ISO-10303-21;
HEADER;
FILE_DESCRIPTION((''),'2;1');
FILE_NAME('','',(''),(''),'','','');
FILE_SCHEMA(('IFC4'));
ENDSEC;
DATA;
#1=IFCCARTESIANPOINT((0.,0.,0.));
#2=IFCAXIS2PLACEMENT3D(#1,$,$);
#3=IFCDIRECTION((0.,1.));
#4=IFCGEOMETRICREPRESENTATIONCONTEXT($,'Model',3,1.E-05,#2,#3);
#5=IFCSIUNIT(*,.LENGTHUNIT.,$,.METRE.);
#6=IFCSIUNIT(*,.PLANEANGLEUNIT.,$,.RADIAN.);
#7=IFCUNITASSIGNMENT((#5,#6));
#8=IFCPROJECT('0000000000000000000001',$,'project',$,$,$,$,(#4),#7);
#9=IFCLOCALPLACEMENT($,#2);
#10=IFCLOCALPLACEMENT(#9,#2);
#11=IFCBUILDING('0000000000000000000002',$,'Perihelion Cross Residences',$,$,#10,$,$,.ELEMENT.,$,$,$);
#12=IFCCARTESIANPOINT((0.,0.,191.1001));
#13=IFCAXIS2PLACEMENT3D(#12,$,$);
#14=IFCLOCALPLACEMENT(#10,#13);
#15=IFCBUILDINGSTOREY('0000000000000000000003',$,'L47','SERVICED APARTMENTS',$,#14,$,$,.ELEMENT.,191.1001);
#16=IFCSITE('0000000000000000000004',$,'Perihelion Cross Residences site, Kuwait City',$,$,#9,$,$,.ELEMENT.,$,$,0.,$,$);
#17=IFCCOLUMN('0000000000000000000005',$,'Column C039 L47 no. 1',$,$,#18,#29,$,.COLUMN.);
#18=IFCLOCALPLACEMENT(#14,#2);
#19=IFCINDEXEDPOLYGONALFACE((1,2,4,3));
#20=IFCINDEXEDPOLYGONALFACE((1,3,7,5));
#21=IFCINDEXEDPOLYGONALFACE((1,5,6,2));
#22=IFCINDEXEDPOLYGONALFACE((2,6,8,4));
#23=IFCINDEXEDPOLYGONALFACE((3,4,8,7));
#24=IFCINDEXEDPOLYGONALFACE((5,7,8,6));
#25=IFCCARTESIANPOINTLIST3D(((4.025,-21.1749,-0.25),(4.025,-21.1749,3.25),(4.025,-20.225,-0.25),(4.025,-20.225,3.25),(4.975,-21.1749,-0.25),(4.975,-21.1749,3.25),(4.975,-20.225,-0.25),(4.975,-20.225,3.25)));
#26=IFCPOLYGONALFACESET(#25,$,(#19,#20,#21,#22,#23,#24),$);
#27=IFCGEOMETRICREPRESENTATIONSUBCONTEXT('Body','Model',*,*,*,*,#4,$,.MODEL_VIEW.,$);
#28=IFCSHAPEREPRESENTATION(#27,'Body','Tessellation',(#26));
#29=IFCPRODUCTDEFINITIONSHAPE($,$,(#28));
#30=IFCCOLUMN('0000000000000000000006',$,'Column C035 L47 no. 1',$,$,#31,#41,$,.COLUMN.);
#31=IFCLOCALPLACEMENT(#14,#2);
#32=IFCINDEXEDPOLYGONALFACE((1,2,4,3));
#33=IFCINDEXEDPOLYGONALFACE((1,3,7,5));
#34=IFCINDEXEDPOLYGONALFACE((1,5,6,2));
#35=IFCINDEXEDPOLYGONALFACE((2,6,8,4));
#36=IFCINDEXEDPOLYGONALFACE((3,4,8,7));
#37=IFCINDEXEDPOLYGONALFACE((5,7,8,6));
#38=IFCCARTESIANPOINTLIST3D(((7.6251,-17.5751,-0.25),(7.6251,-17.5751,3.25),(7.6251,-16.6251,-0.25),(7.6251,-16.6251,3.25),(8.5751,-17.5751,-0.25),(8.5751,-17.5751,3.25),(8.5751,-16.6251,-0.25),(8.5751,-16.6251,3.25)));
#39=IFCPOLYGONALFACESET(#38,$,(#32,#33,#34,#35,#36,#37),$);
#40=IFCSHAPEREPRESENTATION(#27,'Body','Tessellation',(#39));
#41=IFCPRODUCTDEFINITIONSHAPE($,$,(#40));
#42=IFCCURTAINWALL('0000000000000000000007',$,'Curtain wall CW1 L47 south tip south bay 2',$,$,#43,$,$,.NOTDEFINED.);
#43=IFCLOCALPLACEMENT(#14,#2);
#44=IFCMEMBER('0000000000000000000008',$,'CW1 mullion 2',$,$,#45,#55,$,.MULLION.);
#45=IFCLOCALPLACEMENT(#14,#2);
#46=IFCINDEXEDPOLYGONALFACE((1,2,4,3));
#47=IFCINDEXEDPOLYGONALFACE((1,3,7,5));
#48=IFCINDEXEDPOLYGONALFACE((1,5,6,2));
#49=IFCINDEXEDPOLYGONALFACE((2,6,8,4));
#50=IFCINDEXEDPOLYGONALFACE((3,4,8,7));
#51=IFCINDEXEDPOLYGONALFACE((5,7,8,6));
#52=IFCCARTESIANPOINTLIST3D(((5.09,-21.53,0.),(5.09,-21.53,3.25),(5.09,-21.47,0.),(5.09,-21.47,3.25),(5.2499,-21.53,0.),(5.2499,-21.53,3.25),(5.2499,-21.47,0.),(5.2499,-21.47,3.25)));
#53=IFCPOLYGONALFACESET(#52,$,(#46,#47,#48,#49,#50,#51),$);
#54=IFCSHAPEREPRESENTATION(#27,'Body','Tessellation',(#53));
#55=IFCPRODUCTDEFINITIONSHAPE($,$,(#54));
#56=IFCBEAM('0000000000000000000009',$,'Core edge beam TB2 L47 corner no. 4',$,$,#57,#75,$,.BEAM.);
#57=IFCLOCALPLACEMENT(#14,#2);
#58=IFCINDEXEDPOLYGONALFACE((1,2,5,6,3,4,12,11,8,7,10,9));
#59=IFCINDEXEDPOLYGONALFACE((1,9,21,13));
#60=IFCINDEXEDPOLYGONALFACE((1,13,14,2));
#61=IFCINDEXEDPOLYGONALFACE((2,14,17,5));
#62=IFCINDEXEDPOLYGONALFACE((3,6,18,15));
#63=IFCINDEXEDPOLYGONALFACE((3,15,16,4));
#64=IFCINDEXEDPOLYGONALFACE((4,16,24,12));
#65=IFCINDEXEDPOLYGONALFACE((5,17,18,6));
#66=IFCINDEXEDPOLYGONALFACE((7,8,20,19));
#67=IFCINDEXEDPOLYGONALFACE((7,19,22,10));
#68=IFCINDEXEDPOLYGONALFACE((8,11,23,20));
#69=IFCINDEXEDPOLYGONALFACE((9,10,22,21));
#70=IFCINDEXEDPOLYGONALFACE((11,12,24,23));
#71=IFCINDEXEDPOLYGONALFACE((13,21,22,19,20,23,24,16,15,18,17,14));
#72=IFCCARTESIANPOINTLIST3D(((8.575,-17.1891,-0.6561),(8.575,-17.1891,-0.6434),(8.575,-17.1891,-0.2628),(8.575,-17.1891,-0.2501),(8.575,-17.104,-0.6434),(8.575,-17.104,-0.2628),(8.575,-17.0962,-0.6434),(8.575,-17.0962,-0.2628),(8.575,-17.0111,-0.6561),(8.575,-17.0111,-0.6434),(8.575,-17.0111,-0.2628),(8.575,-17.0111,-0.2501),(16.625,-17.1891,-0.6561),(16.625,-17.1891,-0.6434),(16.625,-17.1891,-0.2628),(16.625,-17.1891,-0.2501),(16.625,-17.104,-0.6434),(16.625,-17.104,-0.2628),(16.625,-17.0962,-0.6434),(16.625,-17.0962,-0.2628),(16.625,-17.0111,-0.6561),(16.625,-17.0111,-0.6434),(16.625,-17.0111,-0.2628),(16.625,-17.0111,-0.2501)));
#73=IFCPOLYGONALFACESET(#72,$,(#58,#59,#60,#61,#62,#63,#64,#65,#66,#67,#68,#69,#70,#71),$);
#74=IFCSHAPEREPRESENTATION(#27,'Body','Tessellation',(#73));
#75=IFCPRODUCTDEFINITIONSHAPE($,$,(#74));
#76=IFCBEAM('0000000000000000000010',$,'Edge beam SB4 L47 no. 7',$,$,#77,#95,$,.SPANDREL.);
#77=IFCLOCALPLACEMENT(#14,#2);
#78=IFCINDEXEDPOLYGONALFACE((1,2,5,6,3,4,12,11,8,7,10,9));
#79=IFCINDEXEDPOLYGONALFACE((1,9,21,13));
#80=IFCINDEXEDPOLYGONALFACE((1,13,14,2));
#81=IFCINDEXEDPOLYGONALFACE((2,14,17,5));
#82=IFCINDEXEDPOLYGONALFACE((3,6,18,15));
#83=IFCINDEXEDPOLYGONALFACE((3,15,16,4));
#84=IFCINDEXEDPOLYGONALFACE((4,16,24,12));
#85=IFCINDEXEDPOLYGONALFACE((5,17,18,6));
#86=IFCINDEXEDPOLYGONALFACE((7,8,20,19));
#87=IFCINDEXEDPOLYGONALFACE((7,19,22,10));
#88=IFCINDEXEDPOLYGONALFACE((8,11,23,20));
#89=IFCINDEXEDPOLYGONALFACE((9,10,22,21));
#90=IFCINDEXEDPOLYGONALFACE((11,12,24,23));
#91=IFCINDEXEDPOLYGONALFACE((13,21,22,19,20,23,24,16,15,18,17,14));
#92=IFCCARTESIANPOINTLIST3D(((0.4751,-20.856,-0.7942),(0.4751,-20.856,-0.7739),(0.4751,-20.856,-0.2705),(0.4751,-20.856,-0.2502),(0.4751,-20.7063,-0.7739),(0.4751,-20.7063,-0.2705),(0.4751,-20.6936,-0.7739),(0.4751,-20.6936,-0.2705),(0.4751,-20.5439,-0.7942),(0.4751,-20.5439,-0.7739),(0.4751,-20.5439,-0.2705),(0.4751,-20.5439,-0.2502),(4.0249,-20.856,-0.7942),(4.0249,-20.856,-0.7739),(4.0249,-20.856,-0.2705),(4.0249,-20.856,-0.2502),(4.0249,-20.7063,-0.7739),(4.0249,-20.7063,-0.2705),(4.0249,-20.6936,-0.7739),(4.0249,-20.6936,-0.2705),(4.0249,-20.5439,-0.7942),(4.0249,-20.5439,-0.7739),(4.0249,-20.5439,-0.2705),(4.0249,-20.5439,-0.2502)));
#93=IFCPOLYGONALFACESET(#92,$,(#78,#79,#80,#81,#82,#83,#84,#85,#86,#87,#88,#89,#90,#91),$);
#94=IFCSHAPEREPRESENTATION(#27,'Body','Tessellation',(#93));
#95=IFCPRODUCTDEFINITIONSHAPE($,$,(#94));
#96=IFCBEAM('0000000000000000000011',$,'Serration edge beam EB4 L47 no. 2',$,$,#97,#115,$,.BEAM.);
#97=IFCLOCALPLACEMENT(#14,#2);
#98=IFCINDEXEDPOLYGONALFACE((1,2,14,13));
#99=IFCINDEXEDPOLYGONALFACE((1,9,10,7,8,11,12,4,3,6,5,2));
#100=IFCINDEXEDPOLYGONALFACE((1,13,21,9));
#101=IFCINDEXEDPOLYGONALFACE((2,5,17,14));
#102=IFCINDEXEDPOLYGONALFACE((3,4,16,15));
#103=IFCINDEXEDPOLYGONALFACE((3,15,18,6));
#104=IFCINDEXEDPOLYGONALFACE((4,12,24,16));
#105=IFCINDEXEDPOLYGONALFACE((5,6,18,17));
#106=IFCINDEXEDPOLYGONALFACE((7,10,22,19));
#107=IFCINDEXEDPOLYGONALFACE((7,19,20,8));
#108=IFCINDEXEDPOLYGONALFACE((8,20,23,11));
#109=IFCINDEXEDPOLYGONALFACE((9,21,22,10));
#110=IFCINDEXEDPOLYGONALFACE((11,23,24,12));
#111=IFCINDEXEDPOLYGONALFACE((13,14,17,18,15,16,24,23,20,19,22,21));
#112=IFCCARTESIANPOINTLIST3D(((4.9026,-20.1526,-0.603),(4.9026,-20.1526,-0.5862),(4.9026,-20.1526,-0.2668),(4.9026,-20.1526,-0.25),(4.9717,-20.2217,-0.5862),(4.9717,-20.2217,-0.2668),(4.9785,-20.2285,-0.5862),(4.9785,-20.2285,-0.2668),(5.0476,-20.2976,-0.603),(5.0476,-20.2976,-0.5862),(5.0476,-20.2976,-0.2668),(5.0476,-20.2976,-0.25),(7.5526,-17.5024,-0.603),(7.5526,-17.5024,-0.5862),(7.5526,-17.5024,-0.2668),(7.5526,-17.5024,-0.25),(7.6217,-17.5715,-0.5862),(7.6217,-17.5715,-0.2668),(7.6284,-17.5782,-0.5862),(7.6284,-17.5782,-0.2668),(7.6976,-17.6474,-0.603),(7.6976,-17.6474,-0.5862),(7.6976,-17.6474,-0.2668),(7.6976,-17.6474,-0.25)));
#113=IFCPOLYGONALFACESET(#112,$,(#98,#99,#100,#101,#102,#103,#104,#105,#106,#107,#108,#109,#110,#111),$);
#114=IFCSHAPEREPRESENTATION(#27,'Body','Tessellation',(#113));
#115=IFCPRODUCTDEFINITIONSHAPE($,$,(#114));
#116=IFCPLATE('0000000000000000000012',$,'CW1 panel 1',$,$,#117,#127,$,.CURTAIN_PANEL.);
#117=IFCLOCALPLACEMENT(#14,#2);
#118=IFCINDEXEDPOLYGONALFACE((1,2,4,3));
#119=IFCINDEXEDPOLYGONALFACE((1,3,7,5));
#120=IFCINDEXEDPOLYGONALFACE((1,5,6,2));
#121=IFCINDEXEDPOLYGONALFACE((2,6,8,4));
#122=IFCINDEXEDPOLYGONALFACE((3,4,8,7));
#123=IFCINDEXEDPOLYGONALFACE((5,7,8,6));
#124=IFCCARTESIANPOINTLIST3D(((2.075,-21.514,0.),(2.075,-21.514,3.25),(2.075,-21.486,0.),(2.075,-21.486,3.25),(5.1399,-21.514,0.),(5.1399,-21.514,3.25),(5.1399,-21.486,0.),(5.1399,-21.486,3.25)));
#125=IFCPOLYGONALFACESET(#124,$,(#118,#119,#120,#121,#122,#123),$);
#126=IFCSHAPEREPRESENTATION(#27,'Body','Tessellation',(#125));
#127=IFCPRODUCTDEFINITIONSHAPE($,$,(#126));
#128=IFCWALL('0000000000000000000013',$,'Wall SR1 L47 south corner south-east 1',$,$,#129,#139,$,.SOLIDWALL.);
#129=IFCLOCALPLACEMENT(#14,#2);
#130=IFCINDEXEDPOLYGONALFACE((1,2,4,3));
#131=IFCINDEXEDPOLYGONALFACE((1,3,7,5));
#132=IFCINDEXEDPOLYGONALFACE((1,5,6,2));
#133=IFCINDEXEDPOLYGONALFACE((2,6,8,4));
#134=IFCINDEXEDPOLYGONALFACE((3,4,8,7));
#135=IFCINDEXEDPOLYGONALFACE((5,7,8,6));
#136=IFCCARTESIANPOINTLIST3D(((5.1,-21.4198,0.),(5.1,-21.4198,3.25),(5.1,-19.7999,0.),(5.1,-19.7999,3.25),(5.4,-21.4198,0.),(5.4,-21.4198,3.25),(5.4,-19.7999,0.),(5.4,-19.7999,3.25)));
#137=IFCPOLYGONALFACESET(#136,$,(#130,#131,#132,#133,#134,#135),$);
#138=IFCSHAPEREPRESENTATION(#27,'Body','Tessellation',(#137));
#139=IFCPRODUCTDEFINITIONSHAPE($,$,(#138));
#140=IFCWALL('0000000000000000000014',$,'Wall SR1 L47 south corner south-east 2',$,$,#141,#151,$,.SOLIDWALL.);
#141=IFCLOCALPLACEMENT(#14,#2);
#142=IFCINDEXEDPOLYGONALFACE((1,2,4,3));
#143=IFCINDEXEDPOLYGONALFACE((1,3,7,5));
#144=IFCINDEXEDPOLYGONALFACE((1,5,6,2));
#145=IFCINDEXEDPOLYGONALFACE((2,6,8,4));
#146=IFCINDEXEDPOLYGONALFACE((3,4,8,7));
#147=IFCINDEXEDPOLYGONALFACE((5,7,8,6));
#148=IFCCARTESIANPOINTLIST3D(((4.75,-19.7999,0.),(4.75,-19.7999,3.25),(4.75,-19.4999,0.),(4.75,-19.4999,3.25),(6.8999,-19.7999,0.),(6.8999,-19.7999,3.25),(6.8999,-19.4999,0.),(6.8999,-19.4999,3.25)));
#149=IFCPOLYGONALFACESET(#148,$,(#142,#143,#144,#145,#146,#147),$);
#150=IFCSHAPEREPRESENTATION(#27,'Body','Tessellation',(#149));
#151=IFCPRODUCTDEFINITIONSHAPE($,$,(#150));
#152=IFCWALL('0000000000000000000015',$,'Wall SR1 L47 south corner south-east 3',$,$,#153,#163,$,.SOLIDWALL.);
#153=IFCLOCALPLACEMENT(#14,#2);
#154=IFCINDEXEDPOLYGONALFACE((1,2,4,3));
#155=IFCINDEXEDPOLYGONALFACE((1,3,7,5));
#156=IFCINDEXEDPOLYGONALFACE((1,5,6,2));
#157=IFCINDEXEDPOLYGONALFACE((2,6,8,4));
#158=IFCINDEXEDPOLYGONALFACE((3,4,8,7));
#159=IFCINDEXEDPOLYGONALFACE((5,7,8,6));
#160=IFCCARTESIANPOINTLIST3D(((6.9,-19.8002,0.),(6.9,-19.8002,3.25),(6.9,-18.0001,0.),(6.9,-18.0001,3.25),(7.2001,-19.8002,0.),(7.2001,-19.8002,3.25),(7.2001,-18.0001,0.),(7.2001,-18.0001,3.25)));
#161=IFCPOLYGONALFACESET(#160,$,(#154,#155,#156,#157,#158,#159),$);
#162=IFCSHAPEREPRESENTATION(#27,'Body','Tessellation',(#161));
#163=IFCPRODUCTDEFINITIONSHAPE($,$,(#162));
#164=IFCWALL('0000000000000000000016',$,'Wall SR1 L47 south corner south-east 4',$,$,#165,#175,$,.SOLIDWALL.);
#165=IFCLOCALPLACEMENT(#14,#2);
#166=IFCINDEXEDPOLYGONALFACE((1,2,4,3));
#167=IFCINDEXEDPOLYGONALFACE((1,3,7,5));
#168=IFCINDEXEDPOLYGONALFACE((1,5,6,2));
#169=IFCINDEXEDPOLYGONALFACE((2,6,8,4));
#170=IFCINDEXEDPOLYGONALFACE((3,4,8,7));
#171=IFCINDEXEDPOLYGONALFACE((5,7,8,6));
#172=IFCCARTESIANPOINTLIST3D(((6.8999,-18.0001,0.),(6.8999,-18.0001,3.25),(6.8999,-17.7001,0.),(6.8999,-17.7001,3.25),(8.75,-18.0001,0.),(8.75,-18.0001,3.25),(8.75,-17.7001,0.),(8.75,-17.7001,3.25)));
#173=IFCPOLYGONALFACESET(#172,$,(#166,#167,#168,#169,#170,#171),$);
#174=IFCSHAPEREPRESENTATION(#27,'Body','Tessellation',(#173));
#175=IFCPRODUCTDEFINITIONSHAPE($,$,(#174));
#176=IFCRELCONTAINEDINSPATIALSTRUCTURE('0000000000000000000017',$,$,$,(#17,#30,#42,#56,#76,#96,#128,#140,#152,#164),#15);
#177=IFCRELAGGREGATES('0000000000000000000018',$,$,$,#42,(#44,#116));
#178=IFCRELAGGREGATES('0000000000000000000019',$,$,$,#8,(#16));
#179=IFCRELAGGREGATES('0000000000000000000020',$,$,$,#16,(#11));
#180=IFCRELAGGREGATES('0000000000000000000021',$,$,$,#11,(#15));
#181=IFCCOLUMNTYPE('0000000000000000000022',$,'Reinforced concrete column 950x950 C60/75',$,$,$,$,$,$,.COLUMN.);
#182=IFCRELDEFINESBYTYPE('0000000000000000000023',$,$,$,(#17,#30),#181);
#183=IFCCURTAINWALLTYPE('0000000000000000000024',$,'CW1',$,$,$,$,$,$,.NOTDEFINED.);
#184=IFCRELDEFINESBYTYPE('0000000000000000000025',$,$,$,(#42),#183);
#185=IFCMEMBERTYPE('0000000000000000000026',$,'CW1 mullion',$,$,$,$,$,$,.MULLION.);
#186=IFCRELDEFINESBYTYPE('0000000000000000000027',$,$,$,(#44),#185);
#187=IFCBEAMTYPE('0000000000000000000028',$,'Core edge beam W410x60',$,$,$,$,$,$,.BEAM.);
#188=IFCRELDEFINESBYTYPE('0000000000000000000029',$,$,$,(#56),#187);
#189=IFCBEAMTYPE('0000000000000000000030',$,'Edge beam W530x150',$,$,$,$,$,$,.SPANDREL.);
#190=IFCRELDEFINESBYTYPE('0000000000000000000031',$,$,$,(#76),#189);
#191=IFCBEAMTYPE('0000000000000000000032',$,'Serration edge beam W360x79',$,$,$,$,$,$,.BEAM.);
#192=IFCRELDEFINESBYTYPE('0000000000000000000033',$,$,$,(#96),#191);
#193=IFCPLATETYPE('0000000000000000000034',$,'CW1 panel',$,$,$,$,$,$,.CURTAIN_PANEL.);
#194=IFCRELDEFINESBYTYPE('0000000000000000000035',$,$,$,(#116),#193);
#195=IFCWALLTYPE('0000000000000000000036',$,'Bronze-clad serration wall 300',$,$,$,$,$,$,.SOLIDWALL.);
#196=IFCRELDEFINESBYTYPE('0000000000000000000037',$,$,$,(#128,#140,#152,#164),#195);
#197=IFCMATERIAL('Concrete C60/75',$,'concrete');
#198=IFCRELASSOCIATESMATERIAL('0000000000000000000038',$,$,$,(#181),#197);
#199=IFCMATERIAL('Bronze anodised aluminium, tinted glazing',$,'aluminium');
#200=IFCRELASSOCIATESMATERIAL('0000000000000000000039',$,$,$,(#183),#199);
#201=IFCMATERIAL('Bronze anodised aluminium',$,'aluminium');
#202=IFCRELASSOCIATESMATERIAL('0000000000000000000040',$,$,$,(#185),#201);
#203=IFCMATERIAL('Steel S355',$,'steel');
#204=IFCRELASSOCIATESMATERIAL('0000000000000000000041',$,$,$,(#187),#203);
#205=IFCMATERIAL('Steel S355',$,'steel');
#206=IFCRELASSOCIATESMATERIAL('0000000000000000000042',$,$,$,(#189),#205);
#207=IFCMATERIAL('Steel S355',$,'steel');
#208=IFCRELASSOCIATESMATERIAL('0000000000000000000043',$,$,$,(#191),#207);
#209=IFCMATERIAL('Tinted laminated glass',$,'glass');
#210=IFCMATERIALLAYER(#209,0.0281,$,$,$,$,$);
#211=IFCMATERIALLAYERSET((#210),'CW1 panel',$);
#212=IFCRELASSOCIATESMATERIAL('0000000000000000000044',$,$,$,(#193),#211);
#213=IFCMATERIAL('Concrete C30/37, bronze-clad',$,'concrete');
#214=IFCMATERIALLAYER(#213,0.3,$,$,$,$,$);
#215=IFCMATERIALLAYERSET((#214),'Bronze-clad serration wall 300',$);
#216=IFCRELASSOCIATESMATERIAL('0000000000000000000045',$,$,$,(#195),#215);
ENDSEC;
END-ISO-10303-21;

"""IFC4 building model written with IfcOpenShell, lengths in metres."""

from ifc_helpers import new_model, si_unit, direction, frame, frame_2d, origin, origin_2d, place, context, subcontext, project, spatial, rectangle, i_section, extrude, material, layer, layer_set, material_profile, profile_set, type_object, element, aggregate, save


model = new_model("IFC4")

# Units and contexts
model_context = context("Model", 3, precision=1e-05, world=origin(), true_north=direction((0.0, 1.0)))
body_context = subcontext(model_context, "Body", "Model", "MODEL_VIEW")
ifc_project = project(units=[si_unit("LENGTHUNIT", "METRE"), si_unit("PLANEANGLEUNIT", "RADIAN")], contexts=[model_context])

# Site, building, storey
site_placement = place(None, origin())
site = spatial("IfcSite", under=ifc_project, at=site_placement, Name="Perihelion Cross Residences site, Kuwait City", CompositionType="ELEMENT", RefElevation=0.0)
building_placement = place(site_placement, origin())
building = spatial("IfcBuilding", under=site, at=building_placement, Name="Perihelion Cross Residences", CompositionType="ELEMENT")
storey_placement = place(building_placement, frame((0.0, 0.0, 191.1001)))
storey = spatial("IfcBuildingStorey", under=building, at=storey_placement, Name="L47", Description="SERVICED APARTMENTS", CompositionType="ELEMENT", Elevation=191.1001)

# Columns
ifc_material_1 = material(Name="Concrete C60/75", Category="concrete")
ifc_material_profile_1 = material_profile(ifc_material_1, rectangle(XDim=0.95, YDim=0.95, at=origin_2d()), Name="RC 950x950")
ifc_profile_set_1 = profile_set([ifc_material_profile_1], Name="Concrete C60/75")
column_type = type_object("IfcColumnType", Name="Reinforced concrete column 950x950 C60/75", PredefinedType="COLUMN", material=ifc_profile_set_1)
for number, where, z_axis, x_axis, name in (
    (1, (4.5, -20.7, -0.25), (0.0, 0.0, 1.0), (1.0, 0.0, 0.0), "Column C039 L47 no. 1"),
    (2, (8.1001, -17.1001, -0.25), (0.0, 0.0, 1.0), (1.0, 0.0, 0.0), "Column C035 L47 no. 1"),
):
    element("IfcColumn", number, at=place(storey_placement, frame(where, z_axis=z_axis, x_axis=x_axis)), inside=storey, type_object=column_type, Name=name, PredefinedType="COLUMN", context=body_context, shape_type="SweptSolid", body=[
        extrude(rectangle(XDim=0.95, YDim=0.95, at=origin_2d()), origin(), (0.0, 0.0, 1.0), 3.5),
    ])

# Curtain wall, member
ifc_material_2 = material(Name="Bronze anodised aluminium, tinted glazing", Category="aluminium")
curtain_wall_type = type_object("IfcCurtainWallType", Name="CW1", PredefinedType="NOTDEFINED", material=ifc_material_2)
curtain_wall_placement = place(storey_placement, origin())
curtain_wall = element("IfcCurtainWall", 3, at=curtain_wall_placement, inside=storey, type_object=curtain_wall_type, Name="Curtain wall CW1 L47 south tip south bay 2", PredefinedType="NOTDEFINED")
ifc_material_3 = material(Name="Bronze anodised aluminium", Category="aluminium")
ifc_material_profile_2 = material_profile(ifc_material_3, rectangle(XDim=0.0601, YDim=0.1599, at=origin_2d()), Name="CW1 mullion")
ifc_profile_set_2 = profile_set([ifc_material_profile_2], Name="Bronze anodised aluminium")
member_type = type_object("IfcMemberType", Name="CW1 mullion", PredefinedType="MULLION", material=ifc_profile_set_2)
member_placement = place(storey_placement, frame((5.1699, -21.5, 0.0), z_axis=(0.0, 0.0, 1.0), x_axis=(0.0, 1.0, 0.0)))
member = element("IfcMember", 4, at=member_placement, type_object=member_type, Name="CW1 mullion 2", PredefinedType="MULLION", context=body_context, shape_type="SweptSolid", body=[
    extrude(rectangle(XDim=0.0601, YDim=0.1599, at=origin_2d()), origin(), (0.0, 0.0, 1.0), 3.25),
])

# Beams
ifc_material_4 = material(Name="Steel S355", Category="steel")
ifc_material_profile_3 = material_profile(ifc_material_4, i_section(OverallWidth=0.178, OverallDepth=0.406, WebThickness=0.0078, FlangeThickness=0.0127, at=origin_2d()), Name="W410x60")
ifc_profile_set_3 = profile_set([ifc_material_profile_3], Name="Steel S355")
beam_type_1 = type_object("IfcBeamType", Name="Core edge beam W410x60", PredefinedType="BEAM", material=ifc_profile_set_3)
beam_1_placement = place(storey_placement, frame((8.575, -17.1001, -0.4531), z_axis=(1.0, 0.0, 0.0), x_axis=(0.0, 1.0, 0.0)))
element("IfcBeam", 5, at=beam_1_placement, inside=storey, type_object=beam_type_1, Name="Core edge beam TB2 L47 corner no. 4", PredefinedType="BEAM", context=body_context, shape_type="SweptSolid", body=[
    extrude(i_section(OverallWidth=0.178, OverallDepth=0.406, WebThickness=0.0078, FlangeThickness=0.0127, at=origin_2d()), origin(), (0.0, 0.0, 1.0), 8.05),
])
ifc_material_5 = material(Name="Steel S355", Category="steel")
ifc_material_profile_4 = material_profile(ifc_material_5, i_section(OverallWidth=0.312, OverallDepth=0.5439, WebThickness=0.0127, FlangeThickness=0.0203, at=origin_2d()), Name="W530x150")
ifc_profile_set_4 = profile_set([ifc_material_profile_4], Name="Steel S355")
beam_type_2 = type_object("IfcBeamType", Name="Edge beam W530x150", PredefinedType="SPANDREL", material=ifc_profile_set_4)
beam_2_placement = place(storey_placement, frame((0.4751, -20.7, -0.5222), z_axis=(1.0, 0.0, 0.0), x_axis=(0.0, 1.0, 0.0)))
element("IfcBeam", 6, at=beam_2_placement, inside=storey, type_object=beam_type_2, Name="Edge beam SB4 L47 no. 7", PredefinedType="SPANDREL", context=body_context, shape_type="SweptSolid", body=[
    extrude(i_section(OverallWidth=0.312, OverallDepth=0.5439, WebThickness=0.0127, FlangeThickness=0.0203, at=origin_2d()), origin(), (0.0, 0.0, 1.0), 3.5498),
])
ifc_material_6 = material(Name="Steel S355", Category="steel")
ifc_material_profile_5 = material_profile(ifc_material_6, i_section(OverallWidth=0.2051, OverallDepth=0.353, WebThickness=0.0095, FlangeThickness=0.0168, at=origin_2d()), Name="W360x79")
ifc_profile_set_5 = profile_set([ifc_material_profile_5], Name="Steel S355")
beam_type_3 = type_object("IfcBeamType", Name="Serration edge beam W360x79", PredefinedType="BEAM", material=ifc_profile_set_5)
beam_3_placement = place(storey_placement, frame((4.9751, -20.2251, -0.4265), z_axis=(0.707074, 0.707139, 0.0), x_axis=(-0.707139, 0.707074, 0.0)))
element("IfcBeam", 7, at=beam_3_placement, inside=storey, type_object=beam_type_3, Name="Serration edge beam EB4 L47 no. 2", PredefinedType="BEAM", context=body_context, shape_type="SweptSolid", body=[
    extrude(i_section(OverallWidth=0.2051, OverallDepth=0.353, WebThickness=0.0095, FlangeThickness=0.0168, at=origin_2d()), origin(), (0.0, 0.0, 1.0), 3.7478),
])

# Plate
ifc_material_7 = material(Name="Tinted laminated glass", Category="glass")
ifc_layer_1 = layer(ifc_material_7, 0.0281)
ifc_layer_set_1 = layer_set([ifc_layer_1], Name="CW1 panel")
plate_type = type_object("IfcPlateType", Name="CW1 panel", PredefinedType="CURTAIN_PANEL", material=ifc_layer_set_1)
plate_placement = place(storey_placement, frame((3.6074, -21.5, 0.0), z_axis=(0.0, 0.0, 1.0), x_axis=(1.0, 0.0, 0.0)))
plate = element("IfcPlate", 8, at=plate_placement, type_object=plate_type, Name="CW1 panel 1", PredefinedType="CURTAIN_PANEL", context=body_context, shape_type="SweptSolid", body=[
    extrude(rectangle(XDim=3.0649, YDim=0.0281, at=origin_2d()), origin(), (0.0, 0.0, 1.0), 3.25),
])
aggregate(curtain_wall, [member, plate])

# Walls
ifc_material_8 = material(Name="Concrete C30/37, bronze-clad", Category="concrete")
ifc_layer_2 = layer(ifc_material_8, 0.3)
ifc_layer_set_2 = layer_set([ifc_layer_2], Name="Bronze-clad serration wall 300")
wall_type_1 = type_object("IfcWallType", Name="Bronze-clad serration wall 300", PredefinedType="SOLIDWALL", material=ifc_layer_set_2)
wall_1_placement = place(storey_placement, frame((5.25, -21.4199, 0.0), z_axis=(0.0, 0.0, 1.0), x_axis=(0.0, 1.0, 0.0)))
element("IfcWall", 9, at=wall_1_placement, inside=storey, type_object=wall_type_1, Name="Wall SR1 L47 south corner south-east 1", PredefinedType="SOLIDWALL", context=body_context, shape_type="SweptSolid", body=[
    extrude(rectangle(XDim=1.6199, YDim=0.3, at=frame_2d((0.8101, 0.0))), origin(), (0.0, 0.0, 1.0), 3.25),
])
wall_2_placement = place(storey_placement, frame((4.75, -19.6499, 0.0), z_axis=(0.0, 0.0, 1.0), x_axis=(1.0, 0.0, 0.0)))
element("IfcWall", 10, at=wall_2_placement, inside=storey, type_object=wall_type_1, Name="Wall SR1 L47 south corner south-east 2", PredefinedType="SOLIDWALL", context=body_context, shape_type="SweptSolid", body=[
    extrude(rectangle(XDim=2.1499, YDim=0.3, at=frame_2d((1.075, 0.0))), origin(), (0.0, 0.0, 1.0), 3.25),
])
wall_3_placement = place(storey_placement, frame((7.05, -19.8, 0.0), z_axis=(0.0, 0.0, 1.0), x_axis=(0.0, 1.0, 0.0)))
element("IfcWall", 11, at=wall_3_placement, inside=storey, type_object=wall_type_1, Name="Wall SR1 L47 south corner south-east 3", PredefinedType="SOLIDWALL", context=body_context, shape_type="SweptSolid", body=[
    extrude(rectangle(XDim=1.8, YDim=0.3, at=frame_2d((0.8999, 0.0))), origin(), (0.0, 0.0, 1.0), 3.25),
])
wall_4_placement = place(storey_placement, frame((6.8999, -17.8501, 0.0), z_axis=(0.0, 0.0, 1.0), x_axis=(1.0, 0.0, 0.0)))
element("IfcWall", 12, at=wall_4_placement, inside=storey, type_object=wall_type_1, Name="Wall SR1 L47 south corner south-east 4", PredefinedType="SOLIDWALL", context=body_context, shape_type="SweptSolid", body=[
    extrude(rectangle(XDim=1.8501, YDim=0.3, at=frame_2d((0.925, 0.0))), origin(), (0.0, 0.0, 1.0), 3.25),
])

save(model, "model.ifc")
